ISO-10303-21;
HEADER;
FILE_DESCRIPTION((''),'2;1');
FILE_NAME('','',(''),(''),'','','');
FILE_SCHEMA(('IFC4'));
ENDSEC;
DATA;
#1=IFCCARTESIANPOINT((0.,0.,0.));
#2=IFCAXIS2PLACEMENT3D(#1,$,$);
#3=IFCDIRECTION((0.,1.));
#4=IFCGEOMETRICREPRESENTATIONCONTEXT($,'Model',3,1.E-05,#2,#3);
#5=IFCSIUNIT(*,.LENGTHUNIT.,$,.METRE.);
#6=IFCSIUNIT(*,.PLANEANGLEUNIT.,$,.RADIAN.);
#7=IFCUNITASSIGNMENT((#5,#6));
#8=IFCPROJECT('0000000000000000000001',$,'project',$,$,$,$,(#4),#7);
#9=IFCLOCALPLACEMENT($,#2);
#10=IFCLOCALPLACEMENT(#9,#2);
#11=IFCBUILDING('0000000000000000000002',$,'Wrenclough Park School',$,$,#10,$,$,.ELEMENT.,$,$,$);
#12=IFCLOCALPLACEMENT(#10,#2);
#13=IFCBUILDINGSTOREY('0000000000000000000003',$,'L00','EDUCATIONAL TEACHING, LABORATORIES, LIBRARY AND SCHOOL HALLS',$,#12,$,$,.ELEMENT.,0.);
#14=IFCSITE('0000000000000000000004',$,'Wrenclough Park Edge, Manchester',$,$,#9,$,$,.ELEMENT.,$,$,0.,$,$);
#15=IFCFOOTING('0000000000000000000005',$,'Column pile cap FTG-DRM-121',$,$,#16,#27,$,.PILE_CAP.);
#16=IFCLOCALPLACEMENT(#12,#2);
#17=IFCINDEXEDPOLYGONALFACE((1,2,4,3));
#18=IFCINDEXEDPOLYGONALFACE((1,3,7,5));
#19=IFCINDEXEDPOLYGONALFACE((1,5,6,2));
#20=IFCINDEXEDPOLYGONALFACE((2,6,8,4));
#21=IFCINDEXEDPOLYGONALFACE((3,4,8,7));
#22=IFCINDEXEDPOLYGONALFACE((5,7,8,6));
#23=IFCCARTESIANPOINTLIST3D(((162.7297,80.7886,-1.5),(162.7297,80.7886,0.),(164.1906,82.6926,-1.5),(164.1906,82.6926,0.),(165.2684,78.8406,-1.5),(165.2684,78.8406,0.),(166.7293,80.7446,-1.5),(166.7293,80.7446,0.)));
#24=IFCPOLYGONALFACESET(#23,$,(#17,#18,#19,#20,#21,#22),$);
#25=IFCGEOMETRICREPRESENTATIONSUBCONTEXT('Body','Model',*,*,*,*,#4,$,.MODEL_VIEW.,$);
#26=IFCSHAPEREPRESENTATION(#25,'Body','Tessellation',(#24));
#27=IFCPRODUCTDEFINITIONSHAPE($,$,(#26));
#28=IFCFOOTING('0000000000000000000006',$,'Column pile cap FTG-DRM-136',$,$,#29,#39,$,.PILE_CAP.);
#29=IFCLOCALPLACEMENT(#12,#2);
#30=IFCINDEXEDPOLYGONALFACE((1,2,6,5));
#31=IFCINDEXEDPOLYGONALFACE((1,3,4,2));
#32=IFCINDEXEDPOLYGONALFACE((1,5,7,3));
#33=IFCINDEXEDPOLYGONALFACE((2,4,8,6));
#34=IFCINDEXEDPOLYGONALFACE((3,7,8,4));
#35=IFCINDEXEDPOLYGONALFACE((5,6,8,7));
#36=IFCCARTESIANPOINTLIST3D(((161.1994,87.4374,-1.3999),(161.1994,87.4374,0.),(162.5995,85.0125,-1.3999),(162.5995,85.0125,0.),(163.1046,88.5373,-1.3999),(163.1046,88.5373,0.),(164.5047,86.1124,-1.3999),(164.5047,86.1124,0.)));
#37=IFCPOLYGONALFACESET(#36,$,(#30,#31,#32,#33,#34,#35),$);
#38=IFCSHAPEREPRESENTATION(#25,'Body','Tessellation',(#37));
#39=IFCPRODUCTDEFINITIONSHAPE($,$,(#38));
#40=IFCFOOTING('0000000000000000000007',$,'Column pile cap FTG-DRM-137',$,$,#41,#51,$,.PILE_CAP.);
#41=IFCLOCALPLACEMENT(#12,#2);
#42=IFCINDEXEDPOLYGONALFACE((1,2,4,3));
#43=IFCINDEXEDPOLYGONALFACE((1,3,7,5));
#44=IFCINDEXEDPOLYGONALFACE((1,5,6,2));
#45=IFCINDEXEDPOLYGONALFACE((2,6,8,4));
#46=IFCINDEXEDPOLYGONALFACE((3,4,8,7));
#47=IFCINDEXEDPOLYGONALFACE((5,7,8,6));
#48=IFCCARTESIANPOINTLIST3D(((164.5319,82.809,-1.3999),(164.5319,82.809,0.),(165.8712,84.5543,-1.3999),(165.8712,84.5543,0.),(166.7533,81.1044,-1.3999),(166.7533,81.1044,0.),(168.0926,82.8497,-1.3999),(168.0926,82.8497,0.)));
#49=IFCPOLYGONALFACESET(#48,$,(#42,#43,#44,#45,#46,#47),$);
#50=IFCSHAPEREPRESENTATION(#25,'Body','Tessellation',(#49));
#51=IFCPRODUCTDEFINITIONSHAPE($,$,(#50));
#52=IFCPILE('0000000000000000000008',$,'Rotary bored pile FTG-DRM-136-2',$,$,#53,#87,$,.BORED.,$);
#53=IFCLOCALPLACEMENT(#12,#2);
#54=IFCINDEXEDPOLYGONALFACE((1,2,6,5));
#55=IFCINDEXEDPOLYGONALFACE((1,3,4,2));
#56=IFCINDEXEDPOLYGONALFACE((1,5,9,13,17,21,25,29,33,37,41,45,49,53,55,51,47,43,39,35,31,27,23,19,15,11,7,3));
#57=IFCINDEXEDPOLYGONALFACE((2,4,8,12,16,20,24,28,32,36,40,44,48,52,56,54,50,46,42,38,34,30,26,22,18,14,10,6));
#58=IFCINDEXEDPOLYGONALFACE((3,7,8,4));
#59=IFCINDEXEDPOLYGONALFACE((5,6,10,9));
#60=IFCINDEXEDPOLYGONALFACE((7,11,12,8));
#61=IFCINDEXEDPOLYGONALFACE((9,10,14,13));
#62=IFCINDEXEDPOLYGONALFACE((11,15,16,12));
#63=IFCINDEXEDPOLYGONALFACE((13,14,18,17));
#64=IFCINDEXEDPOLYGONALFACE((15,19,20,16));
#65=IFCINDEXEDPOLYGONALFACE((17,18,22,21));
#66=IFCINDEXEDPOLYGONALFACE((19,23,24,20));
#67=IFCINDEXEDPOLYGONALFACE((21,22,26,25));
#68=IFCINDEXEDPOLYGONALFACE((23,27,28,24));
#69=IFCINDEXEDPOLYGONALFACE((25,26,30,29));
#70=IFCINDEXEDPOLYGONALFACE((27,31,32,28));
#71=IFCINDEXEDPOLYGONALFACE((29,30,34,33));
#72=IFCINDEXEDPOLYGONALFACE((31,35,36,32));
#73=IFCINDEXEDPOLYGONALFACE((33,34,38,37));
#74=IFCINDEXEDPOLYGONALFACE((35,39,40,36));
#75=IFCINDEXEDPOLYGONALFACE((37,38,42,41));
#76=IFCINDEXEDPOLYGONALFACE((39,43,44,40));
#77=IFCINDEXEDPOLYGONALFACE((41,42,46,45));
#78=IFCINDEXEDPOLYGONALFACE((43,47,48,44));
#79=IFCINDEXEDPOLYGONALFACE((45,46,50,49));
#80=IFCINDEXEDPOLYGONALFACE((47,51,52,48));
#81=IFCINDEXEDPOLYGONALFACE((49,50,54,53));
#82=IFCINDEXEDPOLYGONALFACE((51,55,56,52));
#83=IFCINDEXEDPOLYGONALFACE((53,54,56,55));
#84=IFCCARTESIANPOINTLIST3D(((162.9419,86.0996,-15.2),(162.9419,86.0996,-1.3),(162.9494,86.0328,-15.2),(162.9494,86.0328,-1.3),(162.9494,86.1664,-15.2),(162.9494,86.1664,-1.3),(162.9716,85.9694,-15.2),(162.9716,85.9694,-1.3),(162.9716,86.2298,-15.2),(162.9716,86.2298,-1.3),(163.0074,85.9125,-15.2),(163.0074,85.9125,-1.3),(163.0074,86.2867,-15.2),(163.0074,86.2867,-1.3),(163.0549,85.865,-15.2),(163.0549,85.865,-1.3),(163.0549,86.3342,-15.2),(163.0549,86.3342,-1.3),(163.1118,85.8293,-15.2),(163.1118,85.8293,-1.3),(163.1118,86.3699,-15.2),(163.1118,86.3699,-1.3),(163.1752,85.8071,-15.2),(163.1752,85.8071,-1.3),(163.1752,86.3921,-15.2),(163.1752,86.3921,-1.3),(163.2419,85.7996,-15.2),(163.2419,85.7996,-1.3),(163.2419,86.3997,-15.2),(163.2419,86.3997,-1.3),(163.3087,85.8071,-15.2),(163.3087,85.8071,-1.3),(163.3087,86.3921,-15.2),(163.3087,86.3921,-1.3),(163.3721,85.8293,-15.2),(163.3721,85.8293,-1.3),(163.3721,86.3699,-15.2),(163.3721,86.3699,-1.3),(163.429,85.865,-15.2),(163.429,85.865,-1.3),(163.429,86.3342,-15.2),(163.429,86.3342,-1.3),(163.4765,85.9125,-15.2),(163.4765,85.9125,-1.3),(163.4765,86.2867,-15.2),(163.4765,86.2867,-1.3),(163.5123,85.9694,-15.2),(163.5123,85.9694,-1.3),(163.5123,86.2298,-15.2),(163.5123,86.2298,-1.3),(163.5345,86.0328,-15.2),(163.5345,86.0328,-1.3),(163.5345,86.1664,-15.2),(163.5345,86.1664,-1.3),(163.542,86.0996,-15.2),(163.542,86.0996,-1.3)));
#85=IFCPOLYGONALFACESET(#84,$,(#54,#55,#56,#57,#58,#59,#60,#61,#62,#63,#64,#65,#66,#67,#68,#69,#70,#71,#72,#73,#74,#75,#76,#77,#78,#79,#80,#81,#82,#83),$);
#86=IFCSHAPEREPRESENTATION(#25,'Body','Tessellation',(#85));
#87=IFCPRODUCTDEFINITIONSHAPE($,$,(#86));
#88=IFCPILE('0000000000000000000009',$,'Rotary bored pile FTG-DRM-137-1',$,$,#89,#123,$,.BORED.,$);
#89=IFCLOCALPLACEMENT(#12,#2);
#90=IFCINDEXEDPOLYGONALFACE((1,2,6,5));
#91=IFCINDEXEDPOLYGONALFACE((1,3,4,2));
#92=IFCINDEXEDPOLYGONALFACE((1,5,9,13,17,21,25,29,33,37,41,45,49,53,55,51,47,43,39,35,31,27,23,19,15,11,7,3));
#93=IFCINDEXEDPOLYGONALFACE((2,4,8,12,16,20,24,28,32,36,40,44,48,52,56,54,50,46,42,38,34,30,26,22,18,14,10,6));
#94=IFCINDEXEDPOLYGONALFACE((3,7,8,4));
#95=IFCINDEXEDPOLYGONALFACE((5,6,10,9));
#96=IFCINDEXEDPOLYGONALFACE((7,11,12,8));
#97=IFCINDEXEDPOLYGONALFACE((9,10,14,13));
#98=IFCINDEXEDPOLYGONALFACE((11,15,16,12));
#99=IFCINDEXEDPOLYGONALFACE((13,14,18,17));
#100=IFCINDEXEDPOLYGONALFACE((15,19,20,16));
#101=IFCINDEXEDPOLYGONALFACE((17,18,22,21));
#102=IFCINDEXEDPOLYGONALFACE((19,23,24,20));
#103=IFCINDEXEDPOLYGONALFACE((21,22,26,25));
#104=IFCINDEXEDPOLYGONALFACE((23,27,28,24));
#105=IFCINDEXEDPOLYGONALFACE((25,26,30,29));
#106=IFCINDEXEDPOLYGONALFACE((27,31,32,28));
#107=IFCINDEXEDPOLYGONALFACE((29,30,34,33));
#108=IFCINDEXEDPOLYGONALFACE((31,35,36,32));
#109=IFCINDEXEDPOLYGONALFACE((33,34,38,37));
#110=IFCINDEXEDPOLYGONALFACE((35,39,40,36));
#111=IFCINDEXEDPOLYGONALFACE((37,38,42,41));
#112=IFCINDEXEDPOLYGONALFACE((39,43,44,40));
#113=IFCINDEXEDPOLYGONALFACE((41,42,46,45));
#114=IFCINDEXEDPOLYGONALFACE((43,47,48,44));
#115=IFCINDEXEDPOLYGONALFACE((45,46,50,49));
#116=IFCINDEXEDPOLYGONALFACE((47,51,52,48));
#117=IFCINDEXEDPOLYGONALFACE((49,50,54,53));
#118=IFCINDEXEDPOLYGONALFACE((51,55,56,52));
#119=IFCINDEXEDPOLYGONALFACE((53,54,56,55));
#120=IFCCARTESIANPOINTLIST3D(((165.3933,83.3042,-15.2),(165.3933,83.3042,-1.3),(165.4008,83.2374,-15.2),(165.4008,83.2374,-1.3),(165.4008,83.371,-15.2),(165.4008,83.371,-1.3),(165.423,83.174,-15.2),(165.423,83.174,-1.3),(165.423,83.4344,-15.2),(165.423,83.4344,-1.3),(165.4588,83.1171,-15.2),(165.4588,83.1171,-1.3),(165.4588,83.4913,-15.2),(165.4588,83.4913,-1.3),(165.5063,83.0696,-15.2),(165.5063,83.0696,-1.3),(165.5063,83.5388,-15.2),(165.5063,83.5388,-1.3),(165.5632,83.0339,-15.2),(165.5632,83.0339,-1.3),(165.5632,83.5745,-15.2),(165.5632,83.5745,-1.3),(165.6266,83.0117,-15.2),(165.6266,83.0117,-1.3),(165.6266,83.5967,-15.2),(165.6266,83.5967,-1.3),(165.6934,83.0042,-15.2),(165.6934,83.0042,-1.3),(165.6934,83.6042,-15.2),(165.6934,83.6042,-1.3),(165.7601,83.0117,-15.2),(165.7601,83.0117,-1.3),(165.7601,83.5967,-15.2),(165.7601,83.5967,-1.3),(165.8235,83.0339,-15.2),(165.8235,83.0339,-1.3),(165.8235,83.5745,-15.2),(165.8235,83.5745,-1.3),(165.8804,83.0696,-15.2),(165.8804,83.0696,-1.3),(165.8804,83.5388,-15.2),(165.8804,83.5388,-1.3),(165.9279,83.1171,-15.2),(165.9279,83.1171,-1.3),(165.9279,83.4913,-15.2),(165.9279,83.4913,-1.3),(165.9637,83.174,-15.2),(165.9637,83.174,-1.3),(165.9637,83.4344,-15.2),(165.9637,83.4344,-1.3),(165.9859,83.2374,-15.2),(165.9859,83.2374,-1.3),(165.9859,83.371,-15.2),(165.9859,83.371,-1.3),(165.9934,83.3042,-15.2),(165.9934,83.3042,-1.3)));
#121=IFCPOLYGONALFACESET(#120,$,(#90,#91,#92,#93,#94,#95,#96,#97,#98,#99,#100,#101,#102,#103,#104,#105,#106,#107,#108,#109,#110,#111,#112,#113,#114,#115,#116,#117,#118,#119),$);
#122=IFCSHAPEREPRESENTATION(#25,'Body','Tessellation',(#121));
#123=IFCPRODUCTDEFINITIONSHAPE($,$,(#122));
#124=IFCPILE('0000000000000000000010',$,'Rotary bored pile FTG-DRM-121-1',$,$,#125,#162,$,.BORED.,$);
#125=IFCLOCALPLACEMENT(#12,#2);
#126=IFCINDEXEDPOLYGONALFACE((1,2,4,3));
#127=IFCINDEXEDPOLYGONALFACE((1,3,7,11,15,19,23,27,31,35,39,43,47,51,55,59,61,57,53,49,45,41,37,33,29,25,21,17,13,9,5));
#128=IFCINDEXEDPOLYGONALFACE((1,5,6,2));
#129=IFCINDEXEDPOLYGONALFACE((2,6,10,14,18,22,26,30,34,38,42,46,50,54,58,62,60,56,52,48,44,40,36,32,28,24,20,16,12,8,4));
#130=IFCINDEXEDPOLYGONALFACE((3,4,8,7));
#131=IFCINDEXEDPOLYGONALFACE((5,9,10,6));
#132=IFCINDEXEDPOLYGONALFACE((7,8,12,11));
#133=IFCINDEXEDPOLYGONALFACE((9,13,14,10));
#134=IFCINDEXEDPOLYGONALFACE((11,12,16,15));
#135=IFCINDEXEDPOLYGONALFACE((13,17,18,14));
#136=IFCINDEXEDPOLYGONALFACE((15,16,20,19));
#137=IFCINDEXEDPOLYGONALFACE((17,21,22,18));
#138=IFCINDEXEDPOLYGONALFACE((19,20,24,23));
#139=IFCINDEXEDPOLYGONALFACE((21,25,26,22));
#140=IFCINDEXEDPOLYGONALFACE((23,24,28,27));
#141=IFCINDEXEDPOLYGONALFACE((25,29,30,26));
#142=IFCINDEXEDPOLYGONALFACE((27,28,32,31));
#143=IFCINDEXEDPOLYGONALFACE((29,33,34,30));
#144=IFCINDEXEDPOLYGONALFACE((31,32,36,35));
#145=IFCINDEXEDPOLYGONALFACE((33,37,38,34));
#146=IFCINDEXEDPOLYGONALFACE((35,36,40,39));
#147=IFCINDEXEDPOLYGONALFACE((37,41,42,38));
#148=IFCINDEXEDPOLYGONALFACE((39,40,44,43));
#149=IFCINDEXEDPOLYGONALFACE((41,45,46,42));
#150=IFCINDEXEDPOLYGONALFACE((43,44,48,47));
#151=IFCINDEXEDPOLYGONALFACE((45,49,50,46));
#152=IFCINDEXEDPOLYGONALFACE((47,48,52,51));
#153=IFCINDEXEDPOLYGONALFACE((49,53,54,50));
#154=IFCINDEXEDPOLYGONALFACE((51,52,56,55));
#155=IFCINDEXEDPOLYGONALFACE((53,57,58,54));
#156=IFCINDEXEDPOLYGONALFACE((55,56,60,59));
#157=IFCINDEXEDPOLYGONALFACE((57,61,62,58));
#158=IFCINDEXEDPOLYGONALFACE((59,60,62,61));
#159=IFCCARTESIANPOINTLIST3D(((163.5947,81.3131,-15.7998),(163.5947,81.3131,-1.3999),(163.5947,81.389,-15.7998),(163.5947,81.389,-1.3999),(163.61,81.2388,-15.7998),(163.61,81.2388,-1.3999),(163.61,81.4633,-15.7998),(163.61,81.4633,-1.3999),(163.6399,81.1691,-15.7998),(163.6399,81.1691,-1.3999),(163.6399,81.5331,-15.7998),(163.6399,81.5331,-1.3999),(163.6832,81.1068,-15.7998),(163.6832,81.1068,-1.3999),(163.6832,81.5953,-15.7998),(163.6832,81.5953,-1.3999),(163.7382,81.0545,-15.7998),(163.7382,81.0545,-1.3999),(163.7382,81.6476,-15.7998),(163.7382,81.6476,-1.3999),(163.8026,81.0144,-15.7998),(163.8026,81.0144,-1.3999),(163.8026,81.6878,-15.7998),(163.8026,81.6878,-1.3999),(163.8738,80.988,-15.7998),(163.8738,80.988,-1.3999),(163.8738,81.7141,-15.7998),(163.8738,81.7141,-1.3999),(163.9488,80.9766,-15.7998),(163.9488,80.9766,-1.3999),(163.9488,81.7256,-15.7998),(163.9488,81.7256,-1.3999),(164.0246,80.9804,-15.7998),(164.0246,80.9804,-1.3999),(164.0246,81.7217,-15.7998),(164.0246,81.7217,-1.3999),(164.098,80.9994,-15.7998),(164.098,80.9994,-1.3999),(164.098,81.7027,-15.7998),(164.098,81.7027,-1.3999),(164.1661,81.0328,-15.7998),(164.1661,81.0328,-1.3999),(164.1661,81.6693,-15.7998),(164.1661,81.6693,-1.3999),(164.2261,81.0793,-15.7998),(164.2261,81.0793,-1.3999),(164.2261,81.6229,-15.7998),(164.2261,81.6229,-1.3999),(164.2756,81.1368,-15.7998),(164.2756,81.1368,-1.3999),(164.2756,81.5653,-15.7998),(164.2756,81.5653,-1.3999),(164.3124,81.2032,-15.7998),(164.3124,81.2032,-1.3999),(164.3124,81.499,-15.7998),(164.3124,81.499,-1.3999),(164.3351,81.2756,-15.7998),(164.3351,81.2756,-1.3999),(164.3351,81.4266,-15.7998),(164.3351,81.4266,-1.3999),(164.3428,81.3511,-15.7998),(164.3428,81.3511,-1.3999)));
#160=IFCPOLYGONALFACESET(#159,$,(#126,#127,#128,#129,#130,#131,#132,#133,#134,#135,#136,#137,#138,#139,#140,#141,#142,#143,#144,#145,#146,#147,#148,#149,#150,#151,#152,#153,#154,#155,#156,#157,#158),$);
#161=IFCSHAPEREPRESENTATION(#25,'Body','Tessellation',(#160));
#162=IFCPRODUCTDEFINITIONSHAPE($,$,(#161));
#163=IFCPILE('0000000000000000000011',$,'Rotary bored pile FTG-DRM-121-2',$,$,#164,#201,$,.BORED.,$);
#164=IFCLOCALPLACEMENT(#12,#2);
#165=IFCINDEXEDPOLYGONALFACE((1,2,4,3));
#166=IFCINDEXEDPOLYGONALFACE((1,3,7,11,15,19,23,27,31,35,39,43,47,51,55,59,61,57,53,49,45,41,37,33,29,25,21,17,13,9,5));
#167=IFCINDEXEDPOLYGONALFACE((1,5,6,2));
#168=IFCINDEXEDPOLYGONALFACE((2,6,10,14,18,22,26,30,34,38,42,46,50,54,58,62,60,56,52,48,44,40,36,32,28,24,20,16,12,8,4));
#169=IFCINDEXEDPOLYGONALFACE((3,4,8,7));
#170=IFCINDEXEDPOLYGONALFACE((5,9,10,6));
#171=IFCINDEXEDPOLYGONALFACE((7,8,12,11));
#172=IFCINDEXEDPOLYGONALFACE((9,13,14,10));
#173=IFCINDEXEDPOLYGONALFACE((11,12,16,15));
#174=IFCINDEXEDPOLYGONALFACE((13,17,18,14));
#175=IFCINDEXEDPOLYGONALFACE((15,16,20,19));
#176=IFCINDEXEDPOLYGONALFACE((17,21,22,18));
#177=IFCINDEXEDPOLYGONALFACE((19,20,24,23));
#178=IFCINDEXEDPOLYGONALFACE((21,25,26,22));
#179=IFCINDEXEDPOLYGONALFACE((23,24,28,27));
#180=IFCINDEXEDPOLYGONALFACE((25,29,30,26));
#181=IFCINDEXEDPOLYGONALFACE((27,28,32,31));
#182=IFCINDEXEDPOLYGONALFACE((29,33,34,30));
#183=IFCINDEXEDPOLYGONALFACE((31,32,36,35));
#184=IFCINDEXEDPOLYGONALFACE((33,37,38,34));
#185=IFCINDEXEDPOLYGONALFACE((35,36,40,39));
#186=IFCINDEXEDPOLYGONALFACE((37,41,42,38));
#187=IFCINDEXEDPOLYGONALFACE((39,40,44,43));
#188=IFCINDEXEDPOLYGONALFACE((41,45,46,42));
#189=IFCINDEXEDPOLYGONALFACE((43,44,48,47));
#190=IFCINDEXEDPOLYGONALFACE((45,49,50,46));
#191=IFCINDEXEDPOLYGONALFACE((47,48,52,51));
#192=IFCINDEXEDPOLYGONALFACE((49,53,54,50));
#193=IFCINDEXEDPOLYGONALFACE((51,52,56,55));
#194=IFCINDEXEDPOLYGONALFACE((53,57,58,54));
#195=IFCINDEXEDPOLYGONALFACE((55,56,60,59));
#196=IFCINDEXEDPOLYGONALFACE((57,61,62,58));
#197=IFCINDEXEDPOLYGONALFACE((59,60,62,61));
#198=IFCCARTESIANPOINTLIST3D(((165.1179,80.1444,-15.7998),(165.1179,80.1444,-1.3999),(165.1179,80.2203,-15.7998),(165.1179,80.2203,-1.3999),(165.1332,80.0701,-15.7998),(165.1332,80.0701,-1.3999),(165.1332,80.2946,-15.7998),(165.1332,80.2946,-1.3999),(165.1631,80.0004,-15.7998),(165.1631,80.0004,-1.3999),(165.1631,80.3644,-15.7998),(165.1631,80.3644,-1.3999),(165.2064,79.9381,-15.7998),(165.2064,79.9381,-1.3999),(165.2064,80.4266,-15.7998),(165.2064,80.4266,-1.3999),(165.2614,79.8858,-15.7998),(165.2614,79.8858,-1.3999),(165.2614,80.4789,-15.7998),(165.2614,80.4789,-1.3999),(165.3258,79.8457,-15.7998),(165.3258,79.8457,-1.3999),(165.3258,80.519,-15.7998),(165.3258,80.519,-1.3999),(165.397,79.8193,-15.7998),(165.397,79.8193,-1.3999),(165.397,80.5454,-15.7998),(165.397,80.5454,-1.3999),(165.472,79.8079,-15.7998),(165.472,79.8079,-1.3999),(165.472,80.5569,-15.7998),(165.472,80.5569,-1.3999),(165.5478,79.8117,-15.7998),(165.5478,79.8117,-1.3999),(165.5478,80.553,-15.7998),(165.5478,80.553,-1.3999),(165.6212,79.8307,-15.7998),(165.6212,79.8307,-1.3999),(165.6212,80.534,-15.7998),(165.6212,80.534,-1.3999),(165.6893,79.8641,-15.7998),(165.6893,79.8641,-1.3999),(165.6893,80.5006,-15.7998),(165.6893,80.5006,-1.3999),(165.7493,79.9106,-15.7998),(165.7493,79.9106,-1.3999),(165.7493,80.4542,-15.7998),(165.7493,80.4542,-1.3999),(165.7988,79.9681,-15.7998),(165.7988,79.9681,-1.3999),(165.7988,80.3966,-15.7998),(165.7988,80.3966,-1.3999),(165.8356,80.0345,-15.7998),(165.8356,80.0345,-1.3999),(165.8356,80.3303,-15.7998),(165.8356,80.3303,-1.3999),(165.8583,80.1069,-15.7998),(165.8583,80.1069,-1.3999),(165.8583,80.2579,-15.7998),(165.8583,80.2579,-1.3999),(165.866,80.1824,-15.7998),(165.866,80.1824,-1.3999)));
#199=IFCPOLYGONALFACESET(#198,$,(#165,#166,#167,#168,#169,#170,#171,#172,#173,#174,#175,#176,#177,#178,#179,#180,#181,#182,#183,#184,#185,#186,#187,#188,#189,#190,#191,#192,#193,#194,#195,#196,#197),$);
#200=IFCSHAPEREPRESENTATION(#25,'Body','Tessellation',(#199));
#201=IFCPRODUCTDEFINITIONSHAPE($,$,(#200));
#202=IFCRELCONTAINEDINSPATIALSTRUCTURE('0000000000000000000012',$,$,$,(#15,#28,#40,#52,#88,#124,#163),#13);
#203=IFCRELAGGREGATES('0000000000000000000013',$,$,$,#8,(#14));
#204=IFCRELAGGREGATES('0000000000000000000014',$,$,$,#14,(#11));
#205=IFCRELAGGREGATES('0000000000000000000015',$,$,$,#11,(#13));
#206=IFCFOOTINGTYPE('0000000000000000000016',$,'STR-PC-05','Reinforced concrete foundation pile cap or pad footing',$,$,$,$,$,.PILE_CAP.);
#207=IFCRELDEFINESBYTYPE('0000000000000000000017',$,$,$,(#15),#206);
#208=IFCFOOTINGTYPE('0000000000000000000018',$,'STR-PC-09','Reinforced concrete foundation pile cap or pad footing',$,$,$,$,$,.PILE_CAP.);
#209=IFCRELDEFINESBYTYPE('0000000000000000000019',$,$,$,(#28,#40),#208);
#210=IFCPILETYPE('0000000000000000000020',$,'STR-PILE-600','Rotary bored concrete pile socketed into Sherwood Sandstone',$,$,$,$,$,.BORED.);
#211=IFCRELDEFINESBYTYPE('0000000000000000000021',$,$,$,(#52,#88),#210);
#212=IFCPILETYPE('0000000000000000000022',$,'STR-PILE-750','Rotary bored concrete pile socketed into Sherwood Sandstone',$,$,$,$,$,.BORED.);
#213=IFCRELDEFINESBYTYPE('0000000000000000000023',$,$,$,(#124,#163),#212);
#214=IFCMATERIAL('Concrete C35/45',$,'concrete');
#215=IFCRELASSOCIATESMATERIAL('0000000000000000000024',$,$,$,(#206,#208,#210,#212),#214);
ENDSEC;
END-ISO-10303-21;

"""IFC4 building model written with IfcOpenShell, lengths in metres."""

from ifc_helpers import new_model, si_unit, direction, frame, origin, origin_2d, place, context, subcontext, project, spatial, rectangle, circle, extrude, material, material_profile, profile_set, type_object, element, save


model = new_model("IFC4")

# Units and contexts
model_context = context("Model", 3, precision=1e-05, world=origin(), true_north=direction((0.0, 1.0)))
body_context = subcontext(model_context, "Body", "Model", "MODEL_VIEW")
ifc_project = project(units=[si_unit("LENGTHUNIT", "METRE"), si_unit("PLANEANGLEUNIT", "RADIAN")], contexts=[model_context])

# Site, building, storey
site_placement = place(None, origin())
site = spatial("IfcSite", under=ifc_project, at=site_placement, Name="Wrenclough Park Edge, Manchester", CompositionType="ELEMENT", RefElevation=0.0)
building_placement = place(site_placement, origin())
building = spatial("IfcBuilding", under=site, at=building_placement, Name="Wrenclough Park School", CompositionType="ELEMENT")
storey_placement = place(building_placement, origin())
storey = spatial("IfcBuildingStorey", under=building, at=storey_placement, Name="L00", Description="EDUCATIONAL TEACHING, LABORATORIES, LIBRARY AND SCHOOL HALLS", CompositionType="ELEMENT", Elevation=0.0)

# Footings
ifc_material_1 = material(Name="Concrete C35/45", Category="concrete")
footing_type_1 = type_object("IfcFootingType", Name="STR-PC-05", Description="Reinforced concrete foundation pile cap or pad footing", PredefinedType="PILE_CAP", material=ifc_material_1)
footing_placement = place(storey_placement, frame((164.7295, 80.7666, -1.5), z_axis=(0.0, 0.0, 1.0), x_axis=(0.793353, -0.608761, 0.0)))
element("IfcFooting", 1, at=footing_placement, inside=storey, type_object=footing_type_1, Name="Column pile cap FTG-DRM-121", PredefinedType="PILE_CAP", context=body_context, shape_type="SweptSolid", body=[
    extrude(rectangle(XDim=3.2, YDim=2.3999, at=origin_2d()), origin(), (0.0, 0.0, 1.0), 1.5),
])
footing_type_2 = type_object("IfcFootingType", Name="STR-PC-09", Description="Reinforced concrete foundation pile cap or pad footing", PredefinedType="PILE_CAP", material=ifc_material_1)
for number, where, z_axis, x_axis, name in (
    (2, (162.8521, 86.7749, -1.3999), (0.0, 0.0, 1.0), (0.5, -0.866025, 0.0), "Column pile cap FTG-DRM-136"),
    (3, (166.3123, 82.8293, -1.3999), (0.0, 0.0, 1.0), (0.793353, -0.608761, 0.0), "Column pile cap FTG-DRM-137"),
):
    element("IfcFooting", number, at=place(storey_placement, frame(where, z_axis=z_axis, x_axis=x_axis)), inside=storey, type_object=footing_type_2, Name=name, PredefinedType="PILE_CAP", context=body_context, shape_type="SweptSolid", body=[
        extrude(rectangle(XDim=2.8, YDim=2.2, at=origin_2d()), origin(), (0.0, 0.0, 1.0), 1.3999),
    ])

# Piles
ifc_material_profile_1 = material_profile(ifc_material_1, circle(Radius=0.3, at=origin_2d()), Name="BORED PILE D600")
ifc_profile_set_1 = profile_set([ifc_material_profile_1], Name="Concrete C35/45")
pile_type_1 = type_object("IfcPileType", Name="STR-PILE-600", Description="Rotary bored concrete pile socketed into Sherwood Sandstone", PredefinedType="BORED", material=ifc_profile_set_1)
for number, where, z_axis, x_axis, name in (
    (4, (163.2419, 86.0996, -1.3), (0.0, 0.0, -1.0), (1.0, 0.0, 0.0), "Rotary bored pile FTG-DRM-136-2"),
    (5, (165.6934, 83.3042, -1.3), (0.0, 0.0, -1.0), (1.0, 0.0, 0.0), "Rotary bored pile FTG-DRM-137-1"),
):
    element("IfcPile", number, at=place(storey_placement, frame(where, z_axis=z_axis, x_axis=x_axis)), inside=storey, type_object=pile_type_1, Name=name, PredefinedType="BORED", context=body_context, shape_type="SweptSolid", body=[
        extrude(circle(Radius=0.3, at=origin_2d()), origin(), (0.0, 0.0, 1.0), 13.8999),
    ])
ifc_material_profile_2 = material_profile(ifc_material_1, circle(Radius=0.375, at=origin_2d()), Name="BORED PILE D750")
ifc_profile_set_2 = profile_set([ifc_material_profile_2], Name="Concrete C35/45")
pile_type_2 = type_object("IfcPileType", Name="STR-PILE-750", Description="Rotary bored concrete pile socketed into Sherwood Sandstone", PredefinedType="BORED", material=ifc_profile_set_2)
for number, where, z_axis, x_axis, name in (
    (6, (163.9678, 81.3511, -1.3999), (0.0, 0.0, -1.0), (1.0, 0.0, 0.0), "Rotary bored pile FTG-DRM-121-1"),
    (7, (165.491, 80.1824, -1.3999), (0.0, 0.0, -1.0), (1.0, 0.0, 0.0), "Rotary bored pile FTG-DRM-121-2"),
):
    element("IfcPile", number, at=place(storey_placement, frame(where, z_axis=z_axis, x_axis=x_axis)), inside=storey, type_object=pile_type_2, Name=name, PredefinedType="BORED", context=body_context, shape_type="SweptSolid", body=[
        extrude(circle(Radius=0.375, at=origin_2d()), origin(), (0.0, 0.0, 1.0), 14.3999),
    ])

save(model, "model.ifc")
